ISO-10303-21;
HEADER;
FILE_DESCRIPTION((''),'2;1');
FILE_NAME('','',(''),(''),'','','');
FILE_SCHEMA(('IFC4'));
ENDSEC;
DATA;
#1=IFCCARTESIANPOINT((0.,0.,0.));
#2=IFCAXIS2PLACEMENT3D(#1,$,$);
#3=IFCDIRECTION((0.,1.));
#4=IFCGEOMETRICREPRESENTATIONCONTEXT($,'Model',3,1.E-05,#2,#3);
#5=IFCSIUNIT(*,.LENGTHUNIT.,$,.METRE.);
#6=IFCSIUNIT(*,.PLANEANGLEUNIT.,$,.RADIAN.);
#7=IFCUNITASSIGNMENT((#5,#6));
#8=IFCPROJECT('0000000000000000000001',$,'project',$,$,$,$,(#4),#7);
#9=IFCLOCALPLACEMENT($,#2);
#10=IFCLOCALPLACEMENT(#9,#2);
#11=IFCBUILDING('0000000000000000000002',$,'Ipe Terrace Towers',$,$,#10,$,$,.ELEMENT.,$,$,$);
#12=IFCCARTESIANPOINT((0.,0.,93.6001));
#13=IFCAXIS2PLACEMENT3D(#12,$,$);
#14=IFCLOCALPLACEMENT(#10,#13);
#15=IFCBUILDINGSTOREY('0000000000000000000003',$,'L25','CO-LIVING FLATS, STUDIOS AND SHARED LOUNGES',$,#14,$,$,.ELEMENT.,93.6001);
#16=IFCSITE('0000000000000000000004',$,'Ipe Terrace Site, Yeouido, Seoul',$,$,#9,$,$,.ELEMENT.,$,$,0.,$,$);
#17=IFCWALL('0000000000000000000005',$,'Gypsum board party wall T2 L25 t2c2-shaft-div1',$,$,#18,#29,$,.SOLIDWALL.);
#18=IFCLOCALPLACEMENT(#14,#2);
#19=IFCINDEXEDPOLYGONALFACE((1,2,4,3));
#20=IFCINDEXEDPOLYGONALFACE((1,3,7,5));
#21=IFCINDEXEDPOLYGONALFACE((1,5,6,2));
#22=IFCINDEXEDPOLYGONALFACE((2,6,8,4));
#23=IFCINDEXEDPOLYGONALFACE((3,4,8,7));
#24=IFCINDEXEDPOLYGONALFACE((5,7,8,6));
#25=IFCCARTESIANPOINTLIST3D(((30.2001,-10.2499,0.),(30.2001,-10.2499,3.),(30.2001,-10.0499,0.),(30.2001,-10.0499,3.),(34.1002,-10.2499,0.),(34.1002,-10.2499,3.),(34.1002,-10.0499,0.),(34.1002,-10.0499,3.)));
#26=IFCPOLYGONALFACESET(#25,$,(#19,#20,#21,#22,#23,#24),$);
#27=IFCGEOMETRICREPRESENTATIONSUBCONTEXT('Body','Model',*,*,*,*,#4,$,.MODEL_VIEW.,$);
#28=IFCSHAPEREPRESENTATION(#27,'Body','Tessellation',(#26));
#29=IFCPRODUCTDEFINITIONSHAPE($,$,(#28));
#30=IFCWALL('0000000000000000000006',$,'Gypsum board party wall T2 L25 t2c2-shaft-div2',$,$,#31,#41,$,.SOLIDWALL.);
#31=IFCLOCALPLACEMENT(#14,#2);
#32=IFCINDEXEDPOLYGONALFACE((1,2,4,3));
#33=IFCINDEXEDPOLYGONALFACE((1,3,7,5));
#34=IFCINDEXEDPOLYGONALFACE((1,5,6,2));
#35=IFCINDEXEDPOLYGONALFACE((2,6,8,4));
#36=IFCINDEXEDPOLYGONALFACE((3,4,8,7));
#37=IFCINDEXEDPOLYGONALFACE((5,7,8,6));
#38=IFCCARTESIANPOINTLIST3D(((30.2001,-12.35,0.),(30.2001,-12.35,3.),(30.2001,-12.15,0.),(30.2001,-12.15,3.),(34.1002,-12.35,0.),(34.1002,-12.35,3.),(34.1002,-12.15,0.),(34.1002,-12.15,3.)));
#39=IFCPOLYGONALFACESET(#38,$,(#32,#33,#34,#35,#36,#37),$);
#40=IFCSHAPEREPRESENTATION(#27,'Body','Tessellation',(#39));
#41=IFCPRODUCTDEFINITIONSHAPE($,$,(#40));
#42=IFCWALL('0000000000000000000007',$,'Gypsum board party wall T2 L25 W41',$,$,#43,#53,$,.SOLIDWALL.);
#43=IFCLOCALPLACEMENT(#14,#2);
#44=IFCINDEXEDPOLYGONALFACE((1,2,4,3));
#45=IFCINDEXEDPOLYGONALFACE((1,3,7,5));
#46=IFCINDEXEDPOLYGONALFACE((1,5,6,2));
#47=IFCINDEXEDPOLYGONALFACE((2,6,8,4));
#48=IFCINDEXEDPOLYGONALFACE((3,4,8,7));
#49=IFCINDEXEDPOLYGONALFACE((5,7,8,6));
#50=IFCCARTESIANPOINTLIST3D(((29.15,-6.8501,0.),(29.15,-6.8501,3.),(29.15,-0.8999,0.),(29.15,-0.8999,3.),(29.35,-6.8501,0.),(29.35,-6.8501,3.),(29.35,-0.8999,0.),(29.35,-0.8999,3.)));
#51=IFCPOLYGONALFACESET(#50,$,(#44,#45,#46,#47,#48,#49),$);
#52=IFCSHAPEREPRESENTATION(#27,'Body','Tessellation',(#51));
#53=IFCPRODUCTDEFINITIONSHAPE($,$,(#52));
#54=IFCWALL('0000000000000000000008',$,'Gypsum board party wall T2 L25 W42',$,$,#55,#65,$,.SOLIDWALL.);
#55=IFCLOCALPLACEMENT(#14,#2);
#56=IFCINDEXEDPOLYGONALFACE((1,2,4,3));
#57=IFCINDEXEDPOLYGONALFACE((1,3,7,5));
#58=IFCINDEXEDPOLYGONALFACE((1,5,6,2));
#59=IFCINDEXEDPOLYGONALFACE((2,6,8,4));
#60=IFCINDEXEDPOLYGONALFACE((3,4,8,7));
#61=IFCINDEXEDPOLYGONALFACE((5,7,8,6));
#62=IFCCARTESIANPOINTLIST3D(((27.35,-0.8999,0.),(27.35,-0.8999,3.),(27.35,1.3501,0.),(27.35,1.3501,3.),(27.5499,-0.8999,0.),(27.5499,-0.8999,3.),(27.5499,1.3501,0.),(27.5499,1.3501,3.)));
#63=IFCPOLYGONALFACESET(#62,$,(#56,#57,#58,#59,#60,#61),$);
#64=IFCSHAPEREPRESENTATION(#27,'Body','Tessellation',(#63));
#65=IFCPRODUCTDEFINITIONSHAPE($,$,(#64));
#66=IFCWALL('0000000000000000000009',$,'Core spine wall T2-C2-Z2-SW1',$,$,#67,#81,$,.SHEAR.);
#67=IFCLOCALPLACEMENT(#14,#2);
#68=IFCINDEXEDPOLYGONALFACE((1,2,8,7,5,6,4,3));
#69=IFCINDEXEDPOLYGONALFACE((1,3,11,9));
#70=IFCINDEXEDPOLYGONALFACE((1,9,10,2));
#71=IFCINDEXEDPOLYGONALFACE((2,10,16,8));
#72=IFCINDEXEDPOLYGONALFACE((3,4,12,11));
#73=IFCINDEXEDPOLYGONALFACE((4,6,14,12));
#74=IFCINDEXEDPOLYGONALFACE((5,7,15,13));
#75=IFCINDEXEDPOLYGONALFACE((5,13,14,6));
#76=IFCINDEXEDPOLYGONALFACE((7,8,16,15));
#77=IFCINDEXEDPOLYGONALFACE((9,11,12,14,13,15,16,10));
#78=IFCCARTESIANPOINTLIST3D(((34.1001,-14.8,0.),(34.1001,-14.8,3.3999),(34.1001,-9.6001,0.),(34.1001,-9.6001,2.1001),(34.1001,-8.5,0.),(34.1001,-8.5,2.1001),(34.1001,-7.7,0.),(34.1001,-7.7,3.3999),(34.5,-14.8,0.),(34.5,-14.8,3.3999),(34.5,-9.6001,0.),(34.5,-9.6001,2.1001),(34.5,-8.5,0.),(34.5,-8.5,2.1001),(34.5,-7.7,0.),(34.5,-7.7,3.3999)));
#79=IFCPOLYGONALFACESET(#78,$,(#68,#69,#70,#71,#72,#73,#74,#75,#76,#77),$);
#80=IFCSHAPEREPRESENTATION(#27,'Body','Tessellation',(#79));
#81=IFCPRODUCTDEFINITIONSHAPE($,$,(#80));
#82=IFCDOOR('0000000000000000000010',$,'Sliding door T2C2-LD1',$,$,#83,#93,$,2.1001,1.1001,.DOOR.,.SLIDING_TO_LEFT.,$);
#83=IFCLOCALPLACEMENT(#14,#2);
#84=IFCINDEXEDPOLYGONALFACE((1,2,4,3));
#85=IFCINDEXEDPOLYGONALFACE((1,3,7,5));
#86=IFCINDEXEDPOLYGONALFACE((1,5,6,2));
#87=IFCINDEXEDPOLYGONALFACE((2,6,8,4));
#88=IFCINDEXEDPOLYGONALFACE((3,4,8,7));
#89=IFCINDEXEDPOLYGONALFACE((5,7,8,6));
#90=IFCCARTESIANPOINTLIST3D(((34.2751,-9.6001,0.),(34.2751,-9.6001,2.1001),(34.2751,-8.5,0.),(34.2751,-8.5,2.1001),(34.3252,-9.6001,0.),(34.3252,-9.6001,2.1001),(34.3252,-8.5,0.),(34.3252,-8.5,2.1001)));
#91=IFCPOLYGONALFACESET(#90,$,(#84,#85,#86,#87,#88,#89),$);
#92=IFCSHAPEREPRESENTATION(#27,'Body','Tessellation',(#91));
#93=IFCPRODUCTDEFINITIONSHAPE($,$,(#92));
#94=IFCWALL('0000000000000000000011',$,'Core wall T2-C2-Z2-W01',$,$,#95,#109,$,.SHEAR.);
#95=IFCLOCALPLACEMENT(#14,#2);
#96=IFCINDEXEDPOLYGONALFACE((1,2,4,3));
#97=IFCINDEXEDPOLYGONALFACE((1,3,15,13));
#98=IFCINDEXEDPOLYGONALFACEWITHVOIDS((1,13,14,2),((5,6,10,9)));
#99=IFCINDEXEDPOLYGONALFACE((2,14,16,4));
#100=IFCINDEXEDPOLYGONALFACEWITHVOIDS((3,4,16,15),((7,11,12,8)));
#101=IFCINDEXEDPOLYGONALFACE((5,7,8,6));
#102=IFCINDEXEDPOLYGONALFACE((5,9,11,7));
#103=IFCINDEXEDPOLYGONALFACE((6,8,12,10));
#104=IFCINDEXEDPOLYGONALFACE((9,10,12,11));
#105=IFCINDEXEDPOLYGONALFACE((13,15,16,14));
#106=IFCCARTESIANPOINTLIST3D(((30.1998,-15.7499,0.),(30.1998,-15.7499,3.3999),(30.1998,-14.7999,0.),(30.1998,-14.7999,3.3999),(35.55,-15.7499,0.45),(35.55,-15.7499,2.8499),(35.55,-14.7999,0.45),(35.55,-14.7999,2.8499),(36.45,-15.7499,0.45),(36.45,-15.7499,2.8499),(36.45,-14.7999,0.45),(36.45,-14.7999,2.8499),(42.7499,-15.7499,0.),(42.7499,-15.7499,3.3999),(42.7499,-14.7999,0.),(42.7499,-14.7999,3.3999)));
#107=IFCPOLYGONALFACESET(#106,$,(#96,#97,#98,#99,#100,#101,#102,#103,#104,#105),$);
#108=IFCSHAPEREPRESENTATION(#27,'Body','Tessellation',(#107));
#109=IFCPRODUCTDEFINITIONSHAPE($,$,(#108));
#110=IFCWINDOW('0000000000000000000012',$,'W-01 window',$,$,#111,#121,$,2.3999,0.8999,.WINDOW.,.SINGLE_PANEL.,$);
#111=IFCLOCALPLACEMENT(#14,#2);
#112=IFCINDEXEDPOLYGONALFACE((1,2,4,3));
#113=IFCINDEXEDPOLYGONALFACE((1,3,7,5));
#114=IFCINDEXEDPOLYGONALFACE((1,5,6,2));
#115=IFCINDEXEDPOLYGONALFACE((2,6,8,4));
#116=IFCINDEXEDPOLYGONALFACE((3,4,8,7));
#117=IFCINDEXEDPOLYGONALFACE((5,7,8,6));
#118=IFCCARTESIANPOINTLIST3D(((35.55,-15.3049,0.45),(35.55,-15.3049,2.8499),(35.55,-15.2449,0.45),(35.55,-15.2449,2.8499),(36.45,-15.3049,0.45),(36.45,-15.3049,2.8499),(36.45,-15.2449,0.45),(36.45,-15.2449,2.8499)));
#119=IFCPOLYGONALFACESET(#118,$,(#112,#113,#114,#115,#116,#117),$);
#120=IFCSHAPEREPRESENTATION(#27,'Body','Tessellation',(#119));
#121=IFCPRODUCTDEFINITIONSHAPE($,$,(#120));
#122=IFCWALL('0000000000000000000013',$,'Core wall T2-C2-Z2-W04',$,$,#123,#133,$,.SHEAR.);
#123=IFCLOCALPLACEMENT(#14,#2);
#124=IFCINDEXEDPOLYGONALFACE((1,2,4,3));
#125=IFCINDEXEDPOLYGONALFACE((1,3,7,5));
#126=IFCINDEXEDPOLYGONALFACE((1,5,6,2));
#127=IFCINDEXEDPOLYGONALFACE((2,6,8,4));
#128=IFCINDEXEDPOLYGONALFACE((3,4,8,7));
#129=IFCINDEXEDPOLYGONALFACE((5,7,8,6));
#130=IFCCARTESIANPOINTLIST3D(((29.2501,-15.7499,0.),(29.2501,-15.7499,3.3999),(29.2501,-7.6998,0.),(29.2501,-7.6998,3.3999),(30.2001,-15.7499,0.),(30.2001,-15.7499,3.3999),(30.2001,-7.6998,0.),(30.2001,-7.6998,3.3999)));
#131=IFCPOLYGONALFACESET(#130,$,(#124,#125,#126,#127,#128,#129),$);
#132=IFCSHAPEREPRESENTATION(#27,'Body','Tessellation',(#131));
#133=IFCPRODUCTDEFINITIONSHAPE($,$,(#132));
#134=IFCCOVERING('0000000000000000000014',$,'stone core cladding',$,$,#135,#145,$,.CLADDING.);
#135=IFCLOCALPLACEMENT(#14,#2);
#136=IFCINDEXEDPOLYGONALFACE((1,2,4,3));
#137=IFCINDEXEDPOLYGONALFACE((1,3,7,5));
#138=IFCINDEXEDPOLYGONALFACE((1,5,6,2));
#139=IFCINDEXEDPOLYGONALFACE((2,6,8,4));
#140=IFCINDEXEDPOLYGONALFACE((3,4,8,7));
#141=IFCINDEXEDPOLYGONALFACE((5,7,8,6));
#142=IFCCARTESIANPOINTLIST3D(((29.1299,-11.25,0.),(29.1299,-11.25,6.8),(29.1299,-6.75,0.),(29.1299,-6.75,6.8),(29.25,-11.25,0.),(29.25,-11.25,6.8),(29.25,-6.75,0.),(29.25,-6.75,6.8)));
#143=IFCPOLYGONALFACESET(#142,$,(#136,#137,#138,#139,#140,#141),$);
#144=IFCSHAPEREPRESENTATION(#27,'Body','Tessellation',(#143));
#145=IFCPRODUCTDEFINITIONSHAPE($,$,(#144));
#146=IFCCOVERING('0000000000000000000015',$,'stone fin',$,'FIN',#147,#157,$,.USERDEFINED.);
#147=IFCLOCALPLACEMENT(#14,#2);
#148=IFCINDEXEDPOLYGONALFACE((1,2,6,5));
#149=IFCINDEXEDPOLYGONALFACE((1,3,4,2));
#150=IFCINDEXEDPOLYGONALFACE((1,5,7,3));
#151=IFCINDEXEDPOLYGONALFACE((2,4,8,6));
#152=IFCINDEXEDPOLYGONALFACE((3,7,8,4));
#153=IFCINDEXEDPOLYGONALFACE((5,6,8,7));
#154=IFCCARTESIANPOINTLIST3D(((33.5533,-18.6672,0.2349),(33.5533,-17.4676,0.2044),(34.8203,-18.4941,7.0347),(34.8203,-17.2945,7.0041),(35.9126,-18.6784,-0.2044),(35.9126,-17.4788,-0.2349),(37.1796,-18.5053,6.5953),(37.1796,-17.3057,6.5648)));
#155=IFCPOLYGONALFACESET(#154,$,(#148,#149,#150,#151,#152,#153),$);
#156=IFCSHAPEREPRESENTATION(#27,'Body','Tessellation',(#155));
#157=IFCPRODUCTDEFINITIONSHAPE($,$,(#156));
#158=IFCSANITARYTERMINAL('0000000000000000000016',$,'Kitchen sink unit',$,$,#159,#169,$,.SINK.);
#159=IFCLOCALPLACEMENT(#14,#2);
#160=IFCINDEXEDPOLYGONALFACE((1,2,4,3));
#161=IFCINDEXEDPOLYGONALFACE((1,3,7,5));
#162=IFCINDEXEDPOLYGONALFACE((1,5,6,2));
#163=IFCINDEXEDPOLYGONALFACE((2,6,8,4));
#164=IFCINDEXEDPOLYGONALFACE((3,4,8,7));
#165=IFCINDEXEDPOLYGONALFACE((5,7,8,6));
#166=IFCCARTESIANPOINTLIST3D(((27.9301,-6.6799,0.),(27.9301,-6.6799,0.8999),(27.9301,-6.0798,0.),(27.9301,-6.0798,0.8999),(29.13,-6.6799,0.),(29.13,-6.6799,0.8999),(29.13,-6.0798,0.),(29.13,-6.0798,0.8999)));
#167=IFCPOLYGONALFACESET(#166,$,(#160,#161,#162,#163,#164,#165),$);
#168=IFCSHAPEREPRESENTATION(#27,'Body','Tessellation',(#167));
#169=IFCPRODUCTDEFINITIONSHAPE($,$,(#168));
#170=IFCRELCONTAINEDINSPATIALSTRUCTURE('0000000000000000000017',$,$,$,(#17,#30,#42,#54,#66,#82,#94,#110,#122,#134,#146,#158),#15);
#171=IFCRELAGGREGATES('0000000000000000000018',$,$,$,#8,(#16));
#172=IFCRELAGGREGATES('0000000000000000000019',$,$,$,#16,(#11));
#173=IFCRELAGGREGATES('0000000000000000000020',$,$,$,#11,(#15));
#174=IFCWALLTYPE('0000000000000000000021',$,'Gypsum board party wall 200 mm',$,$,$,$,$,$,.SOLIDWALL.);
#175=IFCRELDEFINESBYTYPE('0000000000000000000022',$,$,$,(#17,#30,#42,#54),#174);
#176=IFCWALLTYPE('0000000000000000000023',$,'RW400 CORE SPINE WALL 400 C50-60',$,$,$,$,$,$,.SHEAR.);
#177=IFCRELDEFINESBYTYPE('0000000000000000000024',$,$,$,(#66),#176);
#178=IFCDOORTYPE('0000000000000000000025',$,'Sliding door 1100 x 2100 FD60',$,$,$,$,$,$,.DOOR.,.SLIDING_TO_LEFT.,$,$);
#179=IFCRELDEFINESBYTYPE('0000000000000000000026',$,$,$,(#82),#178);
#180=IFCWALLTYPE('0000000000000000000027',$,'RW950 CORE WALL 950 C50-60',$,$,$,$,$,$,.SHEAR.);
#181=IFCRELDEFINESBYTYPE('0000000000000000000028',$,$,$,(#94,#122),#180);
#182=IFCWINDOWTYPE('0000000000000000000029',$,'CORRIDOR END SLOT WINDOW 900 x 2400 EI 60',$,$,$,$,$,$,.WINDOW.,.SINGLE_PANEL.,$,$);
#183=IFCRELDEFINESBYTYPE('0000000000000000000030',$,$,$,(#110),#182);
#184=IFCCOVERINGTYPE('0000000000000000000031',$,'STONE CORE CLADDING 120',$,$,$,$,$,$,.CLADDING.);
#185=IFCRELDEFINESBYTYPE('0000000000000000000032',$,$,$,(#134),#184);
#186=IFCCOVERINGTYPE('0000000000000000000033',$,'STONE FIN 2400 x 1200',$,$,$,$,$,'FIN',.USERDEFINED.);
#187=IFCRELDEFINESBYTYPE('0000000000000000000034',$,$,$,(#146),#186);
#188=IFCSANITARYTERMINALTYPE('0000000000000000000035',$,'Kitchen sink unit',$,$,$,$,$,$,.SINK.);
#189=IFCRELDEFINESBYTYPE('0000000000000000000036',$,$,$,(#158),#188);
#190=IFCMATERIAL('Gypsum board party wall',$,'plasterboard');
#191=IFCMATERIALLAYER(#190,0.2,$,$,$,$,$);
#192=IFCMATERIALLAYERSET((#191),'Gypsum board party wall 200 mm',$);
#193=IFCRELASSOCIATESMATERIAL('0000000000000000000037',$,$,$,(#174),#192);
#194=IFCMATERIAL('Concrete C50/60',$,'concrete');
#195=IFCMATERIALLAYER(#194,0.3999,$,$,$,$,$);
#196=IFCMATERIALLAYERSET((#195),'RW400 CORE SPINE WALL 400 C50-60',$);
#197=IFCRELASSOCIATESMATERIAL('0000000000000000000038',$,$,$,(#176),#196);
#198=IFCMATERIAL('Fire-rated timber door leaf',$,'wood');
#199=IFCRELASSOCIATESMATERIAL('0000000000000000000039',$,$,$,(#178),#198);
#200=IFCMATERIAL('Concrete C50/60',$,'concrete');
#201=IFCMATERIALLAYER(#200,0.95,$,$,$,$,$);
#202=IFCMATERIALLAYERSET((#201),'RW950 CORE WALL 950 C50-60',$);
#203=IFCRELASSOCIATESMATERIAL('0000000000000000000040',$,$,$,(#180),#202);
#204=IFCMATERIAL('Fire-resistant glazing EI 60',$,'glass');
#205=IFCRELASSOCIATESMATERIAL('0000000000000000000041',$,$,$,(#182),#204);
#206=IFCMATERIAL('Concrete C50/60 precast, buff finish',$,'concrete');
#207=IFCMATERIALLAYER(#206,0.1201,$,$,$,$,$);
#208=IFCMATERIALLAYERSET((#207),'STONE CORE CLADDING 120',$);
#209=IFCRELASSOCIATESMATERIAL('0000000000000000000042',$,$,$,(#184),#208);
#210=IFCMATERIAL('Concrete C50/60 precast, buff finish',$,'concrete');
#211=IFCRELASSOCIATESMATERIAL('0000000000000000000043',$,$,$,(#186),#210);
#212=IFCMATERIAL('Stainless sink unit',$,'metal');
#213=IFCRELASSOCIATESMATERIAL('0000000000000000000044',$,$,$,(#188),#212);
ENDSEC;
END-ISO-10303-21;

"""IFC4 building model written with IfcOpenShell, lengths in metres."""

from ifc_helpers import new_model, si_unit, direction, frame, frame_2d, origin, origin_2d, place, context, subcontext, project, spatial, rectangle, extrude, material, layer, layer_set, material_profile, profile_set, type_object, element, fill, save


model = new_model("IFC4")

# Units and contexts
model_context = context("Model", 3, precision=1e-05, world=origin(), true_north=direction((0.0, 1.0)))
body_context = subcontext(model_context, "Body", "Model", "MODEL_VIEW")
ifc_project = project(units=[si_unit("LENGTHUNIT", "METRE"), si_unit("PLANEANGLEUNIT", "RADIAN")], contexts=[model_context])

# Site, building, storey
site_placement = place(None, origin())
site = spatial("IfcSite", under=ifc_project, at=site_placement, Name="Ipe Terrace Site, Yeouido, Seoul", CompositionType="ELEMENT", RefElevation=0.0)
building_placement = place(site_placement, origin())
building = spatial("IfcBuilding", under=site, at=building_placement, Name="Ipe Terrace Towers", CompositionType="ELEMENT")
storey_placement = place(building_placement, frame((0.0, 0.0, 93.6001)))
storey = spatial("IfcBuildingStorey", under=building, at=storey_placement, Name="L25", Description="CO-LIVING FLATS, STUDIOS AND SHARED LOUNGES", CompositionType="ELEMENT", Elevation=93.6001)

# Walls
ifc_material_1 = material(Name="Gypsum board party wall", Category="plasterboard")
ifc_layer_1 = layer(ifc_material_1, 0.2)
ifc_layer_set_1 = layer_set([ifc_layer_1], Name="Gypsum board party wall 200 mm")
wall_type_1 = type_object("IfcWallType", Name="Gypsum board party wall 200 mm", PredefinedType="SOLIDWALL", material=ifc_layer_set_1)
for number, where, z_axis, x_axis, name in (
    (1, (30.2, -10.1499, 0.0), (0.0, 0.0, 1.0), (1.0, 0.0, 0.0), "Gypsum board party wall T2 L25 t2c2-shaft-div1"),
    (2, (30.2, -12.25, 0.0), (0.0, 0.0, 1.0), (1.0, 0.0, 0.0), "Gypsum board party wall T2 L25 t2c2-shaft-div2"),
):
    element("IfcWall", number, at=place(storey_placement, frame(where, z_axis=z_axis, x_axis=x_axis)), inside=storey, type_object=wall_type_1, Name=name, PredefinedType="SOLIDWALL", context=body_context, shape_type="SweptSolid", body=[
        extrude(rectangle(XDim=3.9001, YDim=0.2, at=frame_2d((1.9502, 0.0))), origin(), (0.0, 0.0, 1.0), 3.0),
    ])
wall_1_placement = place(storey_placement, frame((29.25, -6.8501, 0.0), z_axis=(0.0, 0.0, 1.0), x_axis=(0.0, 1.0, 0.0)))
element("IfcWall", 3, at=wall_1_placement, inside=storey, type_object=wall_type_1, Name="Gypsum board party wall T2 L25 W41", PredefinedType="SOLIDWALL", context=body_context, shape_type="SweptSolid", body=[
    extrude(rectangle(XDim=5.9502, YDim=0.2, at=frame_2d((2.9751, 0.0))), origin(), (0.0, 0.0, 1.0), 3.0),
])
wall_2_placement = place(storey_placement, frame((27.45, -0.8999, 0.0), z_axis=(0.0, 0.0, 1.0), x_axis=(0.0, 1.0, 0.0)))
element("IfcWall", 4, at=wall_2_placement, inside=storey, type_object=wall_type_1, Name="Gypsum board party wall T2 L25 W42", PredefinedType="SOLIDWALL", context=body_context, shape_type="SweptSolid", body=[
    extrude(rectangle(XDim=2.25, YDim=0.2, at=frame_2d((1.125, 0.0))), origin(), (0.0, 0.0, 1.0), 3.0),
])

# Wall, opening, door
ifc_material_2 = material(Name="Concrete C50/60", Category="concrete")
ifc_layer_2 = layer(ifc_material_2, 0.3999)
ifc_layer_set_2 = layer_set([ifc_layer_2], Name="RW400 CORE SPINE WALL 400 C50-60")
wall_type_2 = type_object("IfcWallType", Name="RW400 CORE SPINE WALL 400 C50-60", PredefinedType="SHEAR", material=ifc_layer_set_2)
wall_3_placement = place(storey_placement, frame((34.3, -14.8, 0.0), z_axis=(0.0, 0.0, 1.0), x_axis=(0.0, 1.0, 0.0)))
wall_3 = element("IfcWall", 5, at=wall_3_placement, inside=storey, type_object=wall_type_2, Name="Core spine wall T2-C2-Z2-SW1", PredefinedType="SHEAR", context=body_context, shape_type="SweptSolid", body=[
    extrude(rectangle(XDim=7.1001, YDim=0.3999, at=frame_2d((3.55, 0.0))), origin(), (0.0, 0.0, 1.0), 3.3999),
])
opening_1_placement = place(wall_3_placement, frame((5.2, 0.0, 0.0)))
opening_1 = element("IfcOpeningElement", 6, at=opening_1_placement, cuts=wall_3, PredefinedType="OPENING", context=body_context, shape_type="SweptSolid", body=[
    extrude(rectangle(XDim=1.1001, YDim=2.1001, at=frame_2d((0.55, 1.05))), frame((0.0, 0.21, 0.0), z_axis=(0.0, -1.0, 0.0), x_axis=(1.0, 0.0, 0.0)), (0.0, 0.0, 1.0), 0.4199),
])
ifc_material_3 = material(Name="Fire-rated timber door leaf", Category="wood")
door_type_1 = type_object("IfcDoorType", Name="Sliding door 1100 x 2100 FD60", OperationType="SLIDING_TO_LEFT", PredefinedType="DOOR", material=ifc_material_3)
door_1_placement = place(opening_1_placement, origin())
door_1 = element("IfcDoor", 7, at=door_1_placement, inside=storey, type_object=door_type_1, Name="Sliding door T2C2-LD1", OperationType="SLIDING_TO_LEFT", OverallHeight=2.1001, OverallWidth=1.1001, PredefinedType="DOOR", context=body_context, shape_type="SweptSolid", body=[
    extrude(rectangle(XDim=1.1001, YDim=2.1001, at=frame_2d((0.55, 1.05))), frame((0.0, 0.0249, 0.0), z_axis=(0.0, -1.0, 0.0), x_axis=(1.0, 0.0, 0.0)), (0.0, 0.0, 1.0), 0.05),
])
fill(opening_1, door_1)

# Wall, opening, window
ifc_material_4 = material(Name="Concrete C50/60", Category="concrete")
ifc_layer_3 = layer(ifc_material_4, 0.95)
ifc_layer_set_3 = layer_set([ifc_layer_3], Name="RW950 CORE WALL 950 C50-60")
wall_type_3 = type_object("IfcWallType", Name="RW950 CORE WALL 950 C50-60", PredefinedType="SHEAR", material=ifc_layer_set_3)
wall_4_placement = place(storey_placement, frame((30.2, -15.2749, 0.0), z_axis=(0.0, 0.0, 1.0), x_axis=(1.0, 0.0, 0.0)))
wall_4 = element("IfcWall", 8, at=wall_4_placement, inside=storey, type_object=wall_type_3, Name="Core wall T2-C2-Z2-W01", PredefinedType="SHEAR", context=body_context, shape_type="SweptSolid", body=[
    extrude(rectangle(XDim=12.55, YDim=0.95, at=frame_2d((6.2749, 0.0))), origin(), (0.0, 0.0, 1.0), 3.3999),
])
opening_2_placement = place(wall_4_placement, frame((5.3501, 0.0, 0.45)))
opening_2 = element("IfcOpeningElement", 9, at=opening_2_placement, cuts=wall_4, PredefinedType="OPENING", context=body_context, shape_type="SweptSolid", body=[
    extrude(rectangle(XDim=0.8999, YDim=2.3999, at=frame_2d((0.45, 1.2))), frame((0.0, 0.4849, 0.0), z_axis=(0.0, -1.0, 0.0), x_axis=(1.0, 0.0, 0.0)), (0.0, 0.0, 1.0), 0.97),
])
ifc_material_5 = material(Name="Fire-resistant glazing EI 60", Category="glass")
window_type = type_object("IfcWindowType", Name="CORRIDOR END SLOT WINDOW 900 x 2400 EI 60", PartitioningType="SINGLE_PANEL", PredefinedType="WINDOW", material=ifc_material_5)
window_placement = place(opening_2_placement, origin())
window = element("IfcWindow", 10, at=window_placement, inside=storey, type_object=window_type, Name="W-01 window", OverallHeight=2.3999, OverallWidth=0.8999, PartitioningType="SINGLE_PANEL", PredefinedType="WINDOW", context=body_context, shape_type="SweptSolid", body=[
    extrude(rectangle(XDim=0.8999, YDim=2.3999, at=frame_2d((0.45, 1.2))), frame((0.0, 0.03, 0.0), z_axis=(0.0, -1.0, 0.0), x_axis=(1.0, 0.0, 0.0)), (0.0, 0.0, 1.0), 0.0601),
])
fill(opening_2, window)

# Wall
wall_5_placement = place(storey_placement, frame((29.7251, -7.7, 0.0), z_axis=(0.0, 0.0, 1.0), x_axis=(0.0, -1.0, 0.0)))
element("IfcWall", 11, at=wall_5_placement, inside=storey, type_object=wall_type_3, Name="Core wall T2-C2-Z2-W04", PredefinedType="SHEAR", context=body_context, shape_type="SweptSolid", body=[
    extrude(rectangle(XDim=8.05, YDim=0.95, at=frame_2d((4.0249, 0.0))), origin(), (0.0, 0.0, 1.0), 3.3999),
])

# Coverings
ifc_material_6 = material(Name="Concrete C50/60 precast, buff finish", Category="concrete")
ifc_layer_4 = layer(ifc_material_6, 0.1201)
ifc_layer_set_4 = layer_set([ifc_layer_4], Name="STONE CORE CLADDING 120")
covering_type_1 = type_object("IfcCoveringType", Name="STONE CORE CLADDING 120", PredefinedType="CLADDING", material=ifc_layer_set_4)
covering_1_placement = place(storey_placement, frame((29.1899, -9.0, 0.0), z_axis=(0.0, 0.0, 1.0), x_axis=(0.0, -1.0, 0.0)))
element("IfcCovering", 12, at=covering_1_placement, inside=storey, type_object=covering_type_1, Name="stone core cladding", PredefinedType="CLADDING", context=body_context, shape_type="SweptSolid", body=[
    extrude(rectangle(XDim=4.5, YDim=0.1201, at=origin_2d()), origin(), (0.0, 0.0, 1.0), 6.8),
])
ifc_material_7 = material(Name="Concrete C50/60 precast, buff finish", Category="concrete")
ifc_material_profile_1 = material_profile(ifc_material_7, rectangle(XDim=2.3999, YDim=1.2, at=origin_2d()), Name="STONE FIN 2400 x 1200")
ifc_profile_set_1 = profile_set([ifc_material_profile_1], Name="Concrete C50/60 precast, buff finish")
covering_type_2 = type_object("IfcCoveringType", Name="STONE FIN 2400 x 1200", ElementType="FIN", PredefinedType="USERDEFINED", material=ifc_profile_set_1)
covering_2_placement = place(storey_placement, frame((34.7329, -18.073, 0.0), z_axis=(0.183131, 0.025017, 0.98277), x_axis=(0.983088, -0.00466, -0.183072)))
element("IfcCovering", 13, at=covering_2_placement, inside=storey, type_object=covering_type_2, Name="stone fin", ObjectType="FIN", PredefinedType="USERDEFINED", context=body_context, shape_type="SweptSolid", body=[
    extrude(rectangle(XDim=2.3999, YDim=1.2, at=origin_2d()), origin(), (0.0, 0.0, 1.0), 6.9189),
])

# Sanitary terminal
ifc_material_8 = material(Name="Stainless sink unit", Category="metal")
sanitary_terminal_type = type_object("IfcSanitaryTerminalType", Name="Kitchen sink unit", PredefinedType="SINK", material=ifc_material_8)
sanitary_terminal_placement = place(storey_placement, frame((28.53, -6.3799, 0.0), z_axis=(0.0, 0.0, 1.0), x_axis=(-1.0, 0.0, 0.0)))
element("IfcSanitaryTerminal", 14, at=sanitary_terminal_placement, inside=storey, type_object=sanitary_terminal_type, Name="Kitchen sink unit", PredefinedType="SINK", context=body_context, shape_type="SweptSolid", body=[
    extrude(rectangle(XDim=1.2, YDim=0.6001, at=origin_2d()), origin(), (0.0, 0.0, 1.0), 0.8999),
])

save(model, "model.ifc")
